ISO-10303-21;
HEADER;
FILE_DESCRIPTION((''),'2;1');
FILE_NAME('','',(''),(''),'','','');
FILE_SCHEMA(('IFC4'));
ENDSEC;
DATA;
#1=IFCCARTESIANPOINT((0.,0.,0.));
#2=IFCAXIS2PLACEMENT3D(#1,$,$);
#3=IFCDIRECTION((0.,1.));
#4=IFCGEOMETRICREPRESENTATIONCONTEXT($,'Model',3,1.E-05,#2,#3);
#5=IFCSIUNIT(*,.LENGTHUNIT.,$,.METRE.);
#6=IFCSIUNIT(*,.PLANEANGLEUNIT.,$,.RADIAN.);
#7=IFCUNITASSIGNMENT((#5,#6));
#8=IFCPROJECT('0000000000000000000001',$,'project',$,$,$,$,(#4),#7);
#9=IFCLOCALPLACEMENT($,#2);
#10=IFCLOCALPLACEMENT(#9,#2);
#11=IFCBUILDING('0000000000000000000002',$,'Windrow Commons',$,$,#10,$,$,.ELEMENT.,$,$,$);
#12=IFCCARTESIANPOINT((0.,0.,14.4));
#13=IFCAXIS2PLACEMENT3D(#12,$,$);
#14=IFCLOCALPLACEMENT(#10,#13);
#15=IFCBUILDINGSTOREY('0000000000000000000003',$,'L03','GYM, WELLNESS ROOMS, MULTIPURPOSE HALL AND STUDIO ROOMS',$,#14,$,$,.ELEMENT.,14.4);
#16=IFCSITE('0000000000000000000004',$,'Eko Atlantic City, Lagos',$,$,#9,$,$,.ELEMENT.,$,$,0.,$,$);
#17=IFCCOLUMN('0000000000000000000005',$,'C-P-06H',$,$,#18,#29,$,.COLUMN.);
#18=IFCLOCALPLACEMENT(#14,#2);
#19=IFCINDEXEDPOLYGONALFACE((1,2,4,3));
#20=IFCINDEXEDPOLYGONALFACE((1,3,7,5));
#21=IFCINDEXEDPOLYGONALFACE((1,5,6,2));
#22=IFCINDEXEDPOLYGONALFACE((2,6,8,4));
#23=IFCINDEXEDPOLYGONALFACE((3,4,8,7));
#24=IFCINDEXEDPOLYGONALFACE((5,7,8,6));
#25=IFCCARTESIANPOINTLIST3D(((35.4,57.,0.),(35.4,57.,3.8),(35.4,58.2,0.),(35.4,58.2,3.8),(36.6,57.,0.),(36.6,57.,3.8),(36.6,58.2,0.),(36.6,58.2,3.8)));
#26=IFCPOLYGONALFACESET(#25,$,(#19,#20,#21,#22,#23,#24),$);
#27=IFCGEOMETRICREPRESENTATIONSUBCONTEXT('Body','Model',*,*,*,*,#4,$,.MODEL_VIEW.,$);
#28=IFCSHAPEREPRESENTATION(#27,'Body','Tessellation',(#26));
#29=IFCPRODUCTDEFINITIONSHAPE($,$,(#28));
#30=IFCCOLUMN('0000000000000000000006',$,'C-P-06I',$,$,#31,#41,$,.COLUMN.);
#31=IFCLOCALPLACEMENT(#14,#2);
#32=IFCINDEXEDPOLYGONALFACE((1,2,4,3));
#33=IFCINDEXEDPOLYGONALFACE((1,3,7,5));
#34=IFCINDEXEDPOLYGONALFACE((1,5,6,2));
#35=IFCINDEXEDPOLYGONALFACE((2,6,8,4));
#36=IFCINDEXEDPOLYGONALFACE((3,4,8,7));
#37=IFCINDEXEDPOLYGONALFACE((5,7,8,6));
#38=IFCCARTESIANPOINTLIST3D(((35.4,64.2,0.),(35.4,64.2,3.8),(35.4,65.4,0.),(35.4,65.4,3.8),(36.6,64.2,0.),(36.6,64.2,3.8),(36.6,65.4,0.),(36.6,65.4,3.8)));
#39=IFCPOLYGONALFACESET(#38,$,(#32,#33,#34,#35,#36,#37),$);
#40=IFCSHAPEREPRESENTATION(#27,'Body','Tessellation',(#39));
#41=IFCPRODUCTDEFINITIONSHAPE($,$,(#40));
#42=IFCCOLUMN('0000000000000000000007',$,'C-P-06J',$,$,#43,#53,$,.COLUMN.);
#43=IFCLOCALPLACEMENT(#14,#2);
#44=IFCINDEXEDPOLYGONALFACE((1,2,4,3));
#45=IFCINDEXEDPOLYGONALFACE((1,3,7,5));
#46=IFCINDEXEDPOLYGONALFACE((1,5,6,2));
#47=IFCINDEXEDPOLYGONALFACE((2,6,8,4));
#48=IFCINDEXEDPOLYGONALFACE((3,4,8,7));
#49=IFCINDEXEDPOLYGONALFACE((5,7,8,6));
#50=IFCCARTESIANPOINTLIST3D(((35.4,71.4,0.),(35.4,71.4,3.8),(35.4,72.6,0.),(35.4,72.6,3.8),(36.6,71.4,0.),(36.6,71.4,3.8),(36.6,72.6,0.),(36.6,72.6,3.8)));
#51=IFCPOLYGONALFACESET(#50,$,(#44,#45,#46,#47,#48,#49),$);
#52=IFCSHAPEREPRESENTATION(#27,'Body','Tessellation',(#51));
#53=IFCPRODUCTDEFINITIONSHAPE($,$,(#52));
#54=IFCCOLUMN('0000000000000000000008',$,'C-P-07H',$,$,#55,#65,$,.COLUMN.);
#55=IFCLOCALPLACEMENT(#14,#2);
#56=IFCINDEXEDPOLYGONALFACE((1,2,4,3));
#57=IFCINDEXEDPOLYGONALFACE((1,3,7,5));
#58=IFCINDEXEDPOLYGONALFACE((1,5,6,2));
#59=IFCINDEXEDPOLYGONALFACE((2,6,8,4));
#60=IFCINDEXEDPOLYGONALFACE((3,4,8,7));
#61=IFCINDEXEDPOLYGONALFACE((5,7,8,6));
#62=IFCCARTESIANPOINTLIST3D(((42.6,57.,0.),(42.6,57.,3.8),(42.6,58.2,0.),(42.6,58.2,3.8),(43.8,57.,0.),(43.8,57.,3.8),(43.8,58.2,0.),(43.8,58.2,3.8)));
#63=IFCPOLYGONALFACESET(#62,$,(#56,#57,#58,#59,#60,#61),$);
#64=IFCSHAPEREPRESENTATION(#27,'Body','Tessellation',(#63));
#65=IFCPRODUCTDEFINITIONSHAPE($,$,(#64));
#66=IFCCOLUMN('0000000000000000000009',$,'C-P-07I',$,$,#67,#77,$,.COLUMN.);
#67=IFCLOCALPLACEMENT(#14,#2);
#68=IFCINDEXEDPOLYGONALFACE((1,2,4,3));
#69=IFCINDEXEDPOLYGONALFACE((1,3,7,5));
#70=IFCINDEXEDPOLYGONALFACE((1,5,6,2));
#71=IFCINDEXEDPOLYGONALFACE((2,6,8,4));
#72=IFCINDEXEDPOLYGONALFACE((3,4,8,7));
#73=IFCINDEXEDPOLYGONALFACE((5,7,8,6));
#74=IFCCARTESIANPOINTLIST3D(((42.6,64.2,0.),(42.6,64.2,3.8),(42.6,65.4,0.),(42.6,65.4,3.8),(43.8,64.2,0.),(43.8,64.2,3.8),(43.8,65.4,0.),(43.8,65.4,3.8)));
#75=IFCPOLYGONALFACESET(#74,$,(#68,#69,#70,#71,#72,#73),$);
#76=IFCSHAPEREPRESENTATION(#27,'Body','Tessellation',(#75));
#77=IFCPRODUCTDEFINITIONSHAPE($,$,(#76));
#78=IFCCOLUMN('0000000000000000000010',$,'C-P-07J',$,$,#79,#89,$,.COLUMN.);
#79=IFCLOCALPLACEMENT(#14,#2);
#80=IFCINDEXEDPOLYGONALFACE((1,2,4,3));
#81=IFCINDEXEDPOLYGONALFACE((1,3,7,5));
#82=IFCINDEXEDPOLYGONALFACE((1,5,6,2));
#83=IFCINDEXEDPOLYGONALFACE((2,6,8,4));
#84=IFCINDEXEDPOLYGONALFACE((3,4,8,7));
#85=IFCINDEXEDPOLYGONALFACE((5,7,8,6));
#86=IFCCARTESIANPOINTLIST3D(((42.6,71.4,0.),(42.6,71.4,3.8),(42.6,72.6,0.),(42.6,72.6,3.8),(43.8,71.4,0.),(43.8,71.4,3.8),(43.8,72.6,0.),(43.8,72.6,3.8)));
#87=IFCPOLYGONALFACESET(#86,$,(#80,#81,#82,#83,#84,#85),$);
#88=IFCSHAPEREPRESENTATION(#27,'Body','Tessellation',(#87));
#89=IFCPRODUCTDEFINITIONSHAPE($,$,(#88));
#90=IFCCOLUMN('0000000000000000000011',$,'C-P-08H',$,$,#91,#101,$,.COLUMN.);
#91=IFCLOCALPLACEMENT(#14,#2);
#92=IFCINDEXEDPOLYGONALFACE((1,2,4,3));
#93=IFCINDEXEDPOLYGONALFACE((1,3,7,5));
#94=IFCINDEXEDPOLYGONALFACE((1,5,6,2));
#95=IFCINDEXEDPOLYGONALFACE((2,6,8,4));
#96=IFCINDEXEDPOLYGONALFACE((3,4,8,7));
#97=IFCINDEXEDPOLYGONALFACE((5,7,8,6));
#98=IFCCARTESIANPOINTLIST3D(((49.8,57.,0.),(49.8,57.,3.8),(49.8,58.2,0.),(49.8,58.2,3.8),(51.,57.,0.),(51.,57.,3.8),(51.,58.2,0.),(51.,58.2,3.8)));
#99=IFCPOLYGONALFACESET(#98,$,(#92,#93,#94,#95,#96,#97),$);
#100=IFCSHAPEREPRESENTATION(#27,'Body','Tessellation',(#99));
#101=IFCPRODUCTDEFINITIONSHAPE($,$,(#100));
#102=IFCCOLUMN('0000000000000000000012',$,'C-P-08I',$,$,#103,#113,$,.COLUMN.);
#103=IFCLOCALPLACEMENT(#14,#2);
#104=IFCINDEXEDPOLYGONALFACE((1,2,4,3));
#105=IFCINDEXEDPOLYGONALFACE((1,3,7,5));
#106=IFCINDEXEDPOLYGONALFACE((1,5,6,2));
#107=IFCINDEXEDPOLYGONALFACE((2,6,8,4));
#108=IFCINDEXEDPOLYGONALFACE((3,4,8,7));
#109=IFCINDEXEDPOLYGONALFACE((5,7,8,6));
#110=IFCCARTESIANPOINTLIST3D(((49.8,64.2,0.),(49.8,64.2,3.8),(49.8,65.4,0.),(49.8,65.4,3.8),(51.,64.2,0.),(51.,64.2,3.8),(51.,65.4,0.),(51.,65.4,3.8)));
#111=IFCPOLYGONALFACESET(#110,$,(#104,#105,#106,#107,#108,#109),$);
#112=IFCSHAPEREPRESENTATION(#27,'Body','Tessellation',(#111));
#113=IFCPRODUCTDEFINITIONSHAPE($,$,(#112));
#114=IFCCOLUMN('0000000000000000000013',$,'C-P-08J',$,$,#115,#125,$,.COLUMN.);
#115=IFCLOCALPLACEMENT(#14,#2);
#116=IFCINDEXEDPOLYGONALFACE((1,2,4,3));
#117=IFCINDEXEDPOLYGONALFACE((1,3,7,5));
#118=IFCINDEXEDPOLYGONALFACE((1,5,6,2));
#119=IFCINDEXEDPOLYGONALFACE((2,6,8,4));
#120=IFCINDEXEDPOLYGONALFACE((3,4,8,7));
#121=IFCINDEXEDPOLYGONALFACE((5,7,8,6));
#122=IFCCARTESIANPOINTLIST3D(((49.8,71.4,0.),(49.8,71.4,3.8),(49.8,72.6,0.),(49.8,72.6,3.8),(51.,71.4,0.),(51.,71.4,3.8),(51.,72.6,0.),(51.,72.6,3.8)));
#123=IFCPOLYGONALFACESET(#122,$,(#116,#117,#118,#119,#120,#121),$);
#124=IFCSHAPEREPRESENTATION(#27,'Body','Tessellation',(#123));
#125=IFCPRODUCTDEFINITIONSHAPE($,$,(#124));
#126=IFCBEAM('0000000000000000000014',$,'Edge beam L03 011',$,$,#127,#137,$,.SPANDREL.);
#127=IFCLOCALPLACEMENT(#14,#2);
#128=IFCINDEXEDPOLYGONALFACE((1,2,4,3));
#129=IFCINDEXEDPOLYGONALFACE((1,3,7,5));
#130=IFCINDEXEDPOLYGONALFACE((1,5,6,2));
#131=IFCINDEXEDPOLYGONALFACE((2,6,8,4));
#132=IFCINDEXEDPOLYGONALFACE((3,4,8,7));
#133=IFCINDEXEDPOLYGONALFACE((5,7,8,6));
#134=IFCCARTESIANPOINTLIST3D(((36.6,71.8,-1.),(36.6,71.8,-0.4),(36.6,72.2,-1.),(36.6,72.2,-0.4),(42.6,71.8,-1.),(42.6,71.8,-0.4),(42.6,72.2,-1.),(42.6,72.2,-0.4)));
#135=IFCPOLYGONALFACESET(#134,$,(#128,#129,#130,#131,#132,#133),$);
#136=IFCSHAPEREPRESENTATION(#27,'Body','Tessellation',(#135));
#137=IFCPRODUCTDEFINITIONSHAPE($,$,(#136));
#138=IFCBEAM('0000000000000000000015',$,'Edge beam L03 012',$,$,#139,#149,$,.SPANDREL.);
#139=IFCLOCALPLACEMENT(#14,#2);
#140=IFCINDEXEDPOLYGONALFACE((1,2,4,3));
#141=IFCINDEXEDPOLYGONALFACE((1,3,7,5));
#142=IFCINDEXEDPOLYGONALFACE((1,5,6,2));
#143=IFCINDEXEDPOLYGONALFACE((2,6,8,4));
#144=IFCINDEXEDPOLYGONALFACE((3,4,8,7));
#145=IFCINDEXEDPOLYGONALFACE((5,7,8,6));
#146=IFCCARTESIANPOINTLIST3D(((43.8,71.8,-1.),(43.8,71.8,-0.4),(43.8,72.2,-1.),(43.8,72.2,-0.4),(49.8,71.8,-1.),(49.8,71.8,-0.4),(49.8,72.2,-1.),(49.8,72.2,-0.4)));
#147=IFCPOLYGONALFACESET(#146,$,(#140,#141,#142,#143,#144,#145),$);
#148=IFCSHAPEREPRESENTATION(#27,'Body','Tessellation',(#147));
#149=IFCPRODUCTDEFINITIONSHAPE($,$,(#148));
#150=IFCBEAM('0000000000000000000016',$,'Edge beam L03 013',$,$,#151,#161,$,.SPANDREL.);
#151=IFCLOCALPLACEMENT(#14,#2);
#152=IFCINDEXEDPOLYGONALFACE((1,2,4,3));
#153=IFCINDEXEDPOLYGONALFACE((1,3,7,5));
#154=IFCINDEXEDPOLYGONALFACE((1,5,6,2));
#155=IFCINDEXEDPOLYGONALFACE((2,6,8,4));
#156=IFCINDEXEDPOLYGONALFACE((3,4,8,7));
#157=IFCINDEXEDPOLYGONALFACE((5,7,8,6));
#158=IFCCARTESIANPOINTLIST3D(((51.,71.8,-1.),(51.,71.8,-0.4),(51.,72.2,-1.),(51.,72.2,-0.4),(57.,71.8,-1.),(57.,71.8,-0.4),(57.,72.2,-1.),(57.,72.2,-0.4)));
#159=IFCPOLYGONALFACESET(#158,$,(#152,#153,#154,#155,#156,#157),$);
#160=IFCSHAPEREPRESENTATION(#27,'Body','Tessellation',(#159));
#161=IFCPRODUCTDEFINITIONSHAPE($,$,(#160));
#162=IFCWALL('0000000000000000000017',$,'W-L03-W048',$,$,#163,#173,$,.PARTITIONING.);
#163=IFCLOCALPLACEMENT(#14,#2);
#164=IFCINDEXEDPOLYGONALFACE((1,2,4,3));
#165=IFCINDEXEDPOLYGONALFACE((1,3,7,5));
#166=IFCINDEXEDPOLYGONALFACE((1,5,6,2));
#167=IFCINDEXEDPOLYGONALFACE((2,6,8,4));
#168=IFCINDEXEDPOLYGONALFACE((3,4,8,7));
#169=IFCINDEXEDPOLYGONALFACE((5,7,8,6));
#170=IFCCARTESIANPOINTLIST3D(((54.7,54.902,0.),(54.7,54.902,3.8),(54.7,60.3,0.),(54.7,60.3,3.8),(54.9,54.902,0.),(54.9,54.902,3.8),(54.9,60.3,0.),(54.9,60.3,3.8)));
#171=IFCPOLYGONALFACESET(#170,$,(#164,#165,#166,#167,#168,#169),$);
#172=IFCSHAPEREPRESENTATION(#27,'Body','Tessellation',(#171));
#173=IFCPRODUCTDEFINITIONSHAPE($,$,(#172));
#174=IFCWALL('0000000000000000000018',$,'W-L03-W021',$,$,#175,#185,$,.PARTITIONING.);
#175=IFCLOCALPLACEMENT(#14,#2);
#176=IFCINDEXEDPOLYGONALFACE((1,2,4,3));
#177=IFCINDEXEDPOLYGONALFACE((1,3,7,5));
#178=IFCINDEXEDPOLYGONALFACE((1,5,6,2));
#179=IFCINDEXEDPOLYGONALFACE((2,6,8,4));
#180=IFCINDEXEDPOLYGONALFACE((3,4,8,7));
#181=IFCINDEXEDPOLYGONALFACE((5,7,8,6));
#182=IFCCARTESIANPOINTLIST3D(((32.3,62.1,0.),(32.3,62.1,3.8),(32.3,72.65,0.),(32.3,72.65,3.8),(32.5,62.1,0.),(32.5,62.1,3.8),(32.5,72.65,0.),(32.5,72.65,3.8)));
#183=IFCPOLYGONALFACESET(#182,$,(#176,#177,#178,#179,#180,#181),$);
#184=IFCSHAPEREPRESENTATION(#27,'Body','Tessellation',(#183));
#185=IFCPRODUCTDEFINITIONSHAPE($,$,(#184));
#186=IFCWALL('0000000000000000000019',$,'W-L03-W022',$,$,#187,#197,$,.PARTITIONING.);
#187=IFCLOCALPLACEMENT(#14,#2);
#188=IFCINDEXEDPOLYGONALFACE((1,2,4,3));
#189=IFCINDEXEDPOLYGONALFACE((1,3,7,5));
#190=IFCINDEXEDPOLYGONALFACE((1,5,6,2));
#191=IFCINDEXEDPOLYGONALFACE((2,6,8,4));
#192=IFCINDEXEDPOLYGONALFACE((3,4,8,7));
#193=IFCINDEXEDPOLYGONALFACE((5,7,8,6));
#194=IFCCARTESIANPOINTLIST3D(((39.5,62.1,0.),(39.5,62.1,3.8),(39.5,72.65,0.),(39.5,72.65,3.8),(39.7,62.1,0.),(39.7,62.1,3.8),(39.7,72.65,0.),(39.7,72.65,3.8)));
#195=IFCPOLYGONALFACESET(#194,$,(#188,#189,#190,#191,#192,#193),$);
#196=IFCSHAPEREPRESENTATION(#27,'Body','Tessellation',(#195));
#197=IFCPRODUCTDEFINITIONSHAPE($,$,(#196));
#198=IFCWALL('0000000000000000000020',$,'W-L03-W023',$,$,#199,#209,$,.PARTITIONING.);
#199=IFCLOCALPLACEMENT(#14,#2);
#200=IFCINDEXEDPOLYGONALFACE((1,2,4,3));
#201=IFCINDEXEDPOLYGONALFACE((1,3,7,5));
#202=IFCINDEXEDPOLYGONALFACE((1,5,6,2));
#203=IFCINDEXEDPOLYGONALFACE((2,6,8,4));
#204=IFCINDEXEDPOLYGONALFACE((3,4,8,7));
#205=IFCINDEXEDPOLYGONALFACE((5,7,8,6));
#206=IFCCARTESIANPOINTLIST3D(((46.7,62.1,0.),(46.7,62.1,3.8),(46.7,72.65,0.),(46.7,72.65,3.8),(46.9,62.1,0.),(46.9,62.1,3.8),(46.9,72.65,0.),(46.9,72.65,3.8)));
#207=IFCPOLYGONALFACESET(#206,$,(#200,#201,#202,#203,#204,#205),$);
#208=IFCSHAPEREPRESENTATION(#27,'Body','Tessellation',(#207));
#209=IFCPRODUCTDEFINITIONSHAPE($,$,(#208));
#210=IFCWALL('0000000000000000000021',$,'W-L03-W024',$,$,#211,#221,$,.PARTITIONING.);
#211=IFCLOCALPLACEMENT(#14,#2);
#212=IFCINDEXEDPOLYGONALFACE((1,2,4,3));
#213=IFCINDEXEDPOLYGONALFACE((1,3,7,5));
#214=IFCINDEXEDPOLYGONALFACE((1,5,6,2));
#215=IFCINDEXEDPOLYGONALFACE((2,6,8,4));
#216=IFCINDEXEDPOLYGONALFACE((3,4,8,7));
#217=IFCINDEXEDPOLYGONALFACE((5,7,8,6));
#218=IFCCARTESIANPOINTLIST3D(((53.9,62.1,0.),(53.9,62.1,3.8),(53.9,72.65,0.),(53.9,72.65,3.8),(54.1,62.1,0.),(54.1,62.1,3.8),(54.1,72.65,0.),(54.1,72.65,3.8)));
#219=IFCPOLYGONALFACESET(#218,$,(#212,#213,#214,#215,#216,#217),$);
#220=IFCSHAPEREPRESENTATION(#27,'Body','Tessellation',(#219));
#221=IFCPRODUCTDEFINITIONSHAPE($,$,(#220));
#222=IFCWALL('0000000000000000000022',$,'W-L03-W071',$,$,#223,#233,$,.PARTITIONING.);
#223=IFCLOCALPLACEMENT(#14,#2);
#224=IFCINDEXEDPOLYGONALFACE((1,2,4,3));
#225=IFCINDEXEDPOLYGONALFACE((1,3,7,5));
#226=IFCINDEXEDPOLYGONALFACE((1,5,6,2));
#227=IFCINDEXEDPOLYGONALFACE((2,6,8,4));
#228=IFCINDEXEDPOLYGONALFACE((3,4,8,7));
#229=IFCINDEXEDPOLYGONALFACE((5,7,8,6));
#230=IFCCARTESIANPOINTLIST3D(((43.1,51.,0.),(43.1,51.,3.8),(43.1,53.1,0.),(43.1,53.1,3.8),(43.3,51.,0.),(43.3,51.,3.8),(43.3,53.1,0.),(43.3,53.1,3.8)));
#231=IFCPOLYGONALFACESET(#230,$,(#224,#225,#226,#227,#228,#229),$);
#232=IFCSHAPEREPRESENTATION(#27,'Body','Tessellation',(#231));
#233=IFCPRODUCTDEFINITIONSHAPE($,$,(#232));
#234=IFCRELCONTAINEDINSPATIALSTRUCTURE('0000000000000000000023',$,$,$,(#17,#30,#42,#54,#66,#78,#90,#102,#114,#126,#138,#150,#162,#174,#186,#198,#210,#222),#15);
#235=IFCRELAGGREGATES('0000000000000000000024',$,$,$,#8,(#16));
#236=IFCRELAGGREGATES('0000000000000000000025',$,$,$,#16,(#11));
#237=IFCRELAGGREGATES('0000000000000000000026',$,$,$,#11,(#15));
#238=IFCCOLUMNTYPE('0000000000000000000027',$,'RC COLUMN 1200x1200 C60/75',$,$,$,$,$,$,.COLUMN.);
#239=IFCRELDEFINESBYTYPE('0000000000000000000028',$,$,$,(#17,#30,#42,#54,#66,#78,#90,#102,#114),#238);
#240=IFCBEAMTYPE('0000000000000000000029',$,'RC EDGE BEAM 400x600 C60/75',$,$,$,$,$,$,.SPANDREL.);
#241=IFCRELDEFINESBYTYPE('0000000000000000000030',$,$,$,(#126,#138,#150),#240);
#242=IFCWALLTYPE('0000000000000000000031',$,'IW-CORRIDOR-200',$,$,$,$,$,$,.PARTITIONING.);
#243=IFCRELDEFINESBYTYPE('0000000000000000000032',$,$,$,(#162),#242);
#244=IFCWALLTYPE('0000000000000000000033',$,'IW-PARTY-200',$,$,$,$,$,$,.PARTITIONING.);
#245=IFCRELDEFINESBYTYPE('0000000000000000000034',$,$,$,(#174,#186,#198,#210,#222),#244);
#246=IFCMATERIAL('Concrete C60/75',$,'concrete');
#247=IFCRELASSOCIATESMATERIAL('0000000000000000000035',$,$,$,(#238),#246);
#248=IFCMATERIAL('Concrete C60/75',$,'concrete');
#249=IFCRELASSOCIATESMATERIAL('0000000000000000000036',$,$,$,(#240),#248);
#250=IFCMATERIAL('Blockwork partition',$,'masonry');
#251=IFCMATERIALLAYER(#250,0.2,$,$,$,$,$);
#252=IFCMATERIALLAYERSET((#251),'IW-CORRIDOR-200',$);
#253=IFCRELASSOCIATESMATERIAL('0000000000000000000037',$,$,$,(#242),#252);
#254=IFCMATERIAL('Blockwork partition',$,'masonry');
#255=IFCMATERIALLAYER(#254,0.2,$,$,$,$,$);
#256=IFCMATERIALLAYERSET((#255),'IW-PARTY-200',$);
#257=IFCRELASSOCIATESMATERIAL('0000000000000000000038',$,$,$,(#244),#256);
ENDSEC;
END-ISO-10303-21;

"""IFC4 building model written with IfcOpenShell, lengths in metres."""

from ifc_helpers import new_model, si_unit, direction, frame, frame_2d, origin, origin_2d, place, context, subcontext, project, spatial, rectangle, extrude, material, layer, layer_set, material_profile, profile_set, type_object, element, save


model = new_model("IFC4")

# Units and contexts
model_context = context("Model", 3, precision=1e-05, world=origin(), true_north=direction((0.0, 1.0)))
body_context = subcontext(model_context, "Body", "Model", "MODEL_VIEW")
ifc_project = project(units=[si_unit("LENGTHUNIT", "METRE"), si_unit("PLANEANGLEUNIT", "RADIAN")], contexts=[model_context])

# Site, building, storey
site_placement = place(None, origin())
site = spatial("IfcSite", under=ifc_project, at=site_placement, Name="Eko Atlantic City, Lagos", CompositionType="ELEMENT", RefElevation=0.0)
building_placement = place(site_placement, origin())
building = spatial("IfcBuilding", under=site, at=building_placement, Name="Windrow Commons", CompositionType="ELEMENT")
storey_placement = place(building_placement, frame((0.0, 0.0, 14.4)))
storey = spatial("IfcBuildingStorey", under=building, at=storey_placement, Name="L03", Description="GYM, WELLNESS ROOMS, MULTIPURPOSE HALL AND STUDIO ROOMS", CompositionType="ELEMENT", Elevation=14.4)

# Columns
ifc_material_1 = material(Name="Concrete C60/75", Category="concrete")
ifc_material_profile_1 = material_profile(ifc_material_1, rectangle(XDim=1.2, YDim=1.2, at=origin_2d()))
ifc_profile_set_1 = profile_set([ifc_material_profile_1], Name="Concrete C60/75")
column_type = type_object("IfcColumnType", Name="RC COLUMN 1200x1200 C60/75", PredefinedType="COLUMN", material=ifc_profile_set_1)
for number, where, z_axis, x_axis, name in (
    (1, (36.0, 57.6, 0.0), (0.0, 0.0, 1.0), (1.0, 0.0, 0.0), "C-P-06H"),
    (2, (36.0, 64.8, 0.0), (0.0, 0.0, 1.0), (1.0, 0.0, 0.0), "C-P-06I"),
    (3, (36.0, 72.0, 0.0), (0.0, 0.0, 1.0), (1.0, 0.0, 0.0), "C-P-06J"),
    (4, (43.2, 57.6, 0.0), (0.0, 0.0, 1.0), (1.0, 0.0, 0.0), "C-P-07H"),
    (5, (43.2, 64.8, 0.0), (0.0, 0.0, 1.0), (1.0, 0.0, 0.0), "C-P-07I"),
    (6, (43.2, 72.0, 0.0), (0.0, 0.0, 1.0), (1.0, 0.0, 0.0), "C-P-07J"),
    (7, (50.4, 57.6, 0.0), (0.0, 0.0, 1.0), (1.0, 0.0, 0.0), "C-P-08H"),
    (8, (50.4, 64.8, 0.0), (0.0, 0.0, 1.0), (1.0, 0.0, 0.0), "C-P-08I"),
    (9, (50.4, 72.0, 0.0), (0.0, 0.0, 1.0), (1.0, 0.0, 0.0), "C-P-08J"),
):
    element("IfcColumn", number, at=place(storey_placement, frame(where, z_axis=z_axis, x_axis=x_axis)), inside=storey, type_object=column_type, Name=name, PredefinedType="COLUMN", context=body_context, shape_type="SweptSolid", body=[
        extrude(rectangle(XDim=1.2, YDim=1.2, at=origin_2d()), origin(), (0.0, 0.0, 1.0), 3.8),
    ])

# Beams
ifc_material_2 = material(Name="Concrete C60/75", Category="concrete")
ifc_material_profile_2 = material_profile(ifc_material_2, rectangle(XDim=0.4, YDim=0.6, at=origin_2d()))
ifc_profile_set_2 = profile_set([ifc_material_profile_2], Name="Concrete C60/75")
beam_type = type_object("IfcBeamType", Name="RC EDGE BEAM 400x600 C60/75", PredefinedType="SPANDREL", material=ifc_profile_set_2)
for number, where, z_axis, x_axis, name in (
    (10, (36.6, 72.0, -0.7), (1.0, 0.0, 0.0), (0.0, 1.0, 0.0), "Edge beam L03 011"),
    (11, (43.8, 72.0, -0.7), (1.0, 0.0, 0.0), (0.0, 1.0, 0.0), "Edge beam L03 012"),
    (12, (51.0, 72.0, -0.7), (1.0, 0.0, 0.0), (0.0, 1.0, 0.0), "Edge beam L03 013"),
):
    element("IfcBeam", number, at=place(storey_placement, frame(where, z_axis=z_axis, x_axis=x_axis)), inside=storey, type_object=beam_type, Name=name, PredefinedType="SPANDREL", context=body_context, shape_type="SweptSolid", body=[
        extrude(rectangle(XDim=0.4, YDim=0.6, at=origin_2d()), origin(), (0.0, 0.0, 1.0), 6.0),
    ])

# Walls
ifc_material_3 = material(Name="Blockwork partition", Category="masonry")
ifc_layer_1 = layer(ifc_material_3, 0.2)
ifc_layer_set_1 = layer_set([ifc_layer_1], Name="IW-CORRIDOR-200")
wall_type_1 = type_object("IfcWallType", Name="IW-CORRIDOR-200", PredefinedType="PARTITIONING", material=ifc_layer_set_1)
wall_placement = place(storey_placement, frame((54.8, 54.902, 0.0), z_axis=(0.0, 0.0, 1.0), x_axis=(0.0, 1.0, 0.0)))
element("IfcWall", 13, at=wall_placement, inside=storey, type_object=wall_type_1, Name="W-L03-W048", PredefinedType="PARTITIONING", context=body_context, shape_type="SweptSolid", body=[
    extrude(rectangle(XDim=5.398, YDim=0.2, at=frame_2d((2.699, 0.0))), origin(), (0.0, 0.0, 1.0), 3.8),
])
ifc_material_4 = material(Name="Blockwork partition", Category="masonry")
ifc_layer_2 = layer(ifc_material_4, 0.2)
ifc_layer_set_2 = layer_set([ifc_layer_2], Name="IW-PARTY-200")
wall_type_2 = type_object("IfcWallType", Name="IW-PARTY-200", PredefinedType="PARTITIONING", material=ifc_layer_set_2)
for number, where, z_axis, x_axis, name in (
    (14, (32.4, 62.1, 0.0), (0.0, 0.0, 1.0), (0.0, 1.0, 0.0), "W-L03-W021"),
    (15, (39.6, 62.1, 0.0), (0.0, 0.0, 1.0), (0.0, 1.0, 0.0), "W-L03-W022"),
    (16, (46.8, 62.1, 0.0), (0.0, 0.0, 1.0), (0.0, 1.0, 0.0), "W-L03-W023"),
    (17, (54.0, 62.1, 0.0), (0.0, 0.0, 1.0), (0.0, 1.0, 0.0), "W-L03-W024"),
):
    element("IfcWall", number, at=place(storey_placement, frame(where, z_axis=z_axis, x_axis=x_axis)), inside=storey, type_object=wall_type_2, Name=name, PredefinedType="PARTITIONING", context=body_context, shape_type="SweptSolid", body=[
        extrude(rectangle(XDim=10.55, YDim=0.2, at=frame_2d((5.275, 0.0))), origin(), (0.0, 0.0, 1.0), 3.8),
    ])
for number, where, z_axis, x_axis, name in (
    (18, (43.2, 51.0, 0.0), (0.0, 0.0, 1.0), (0.0, 1.0, 0.0), "W-L03-W071"),
):
    element("IfcWall", number, at=place(storey_placement, frame(where, z_axis=z_axis, x_axis=x_axis)), inside=storey, type_object=wall_type_2, Name=name, PredefinedType="PARTITIONING", context=body_context, shape_type="SweptSolid", body=[
        extrude(rectangle(XDim=2.1, YDim=0.2, at=frame_2d((1.05, 0.0))), origin(), (0.0, 0.0, 1.0), 3.8),
    ])

save(model, "model.ifc")
